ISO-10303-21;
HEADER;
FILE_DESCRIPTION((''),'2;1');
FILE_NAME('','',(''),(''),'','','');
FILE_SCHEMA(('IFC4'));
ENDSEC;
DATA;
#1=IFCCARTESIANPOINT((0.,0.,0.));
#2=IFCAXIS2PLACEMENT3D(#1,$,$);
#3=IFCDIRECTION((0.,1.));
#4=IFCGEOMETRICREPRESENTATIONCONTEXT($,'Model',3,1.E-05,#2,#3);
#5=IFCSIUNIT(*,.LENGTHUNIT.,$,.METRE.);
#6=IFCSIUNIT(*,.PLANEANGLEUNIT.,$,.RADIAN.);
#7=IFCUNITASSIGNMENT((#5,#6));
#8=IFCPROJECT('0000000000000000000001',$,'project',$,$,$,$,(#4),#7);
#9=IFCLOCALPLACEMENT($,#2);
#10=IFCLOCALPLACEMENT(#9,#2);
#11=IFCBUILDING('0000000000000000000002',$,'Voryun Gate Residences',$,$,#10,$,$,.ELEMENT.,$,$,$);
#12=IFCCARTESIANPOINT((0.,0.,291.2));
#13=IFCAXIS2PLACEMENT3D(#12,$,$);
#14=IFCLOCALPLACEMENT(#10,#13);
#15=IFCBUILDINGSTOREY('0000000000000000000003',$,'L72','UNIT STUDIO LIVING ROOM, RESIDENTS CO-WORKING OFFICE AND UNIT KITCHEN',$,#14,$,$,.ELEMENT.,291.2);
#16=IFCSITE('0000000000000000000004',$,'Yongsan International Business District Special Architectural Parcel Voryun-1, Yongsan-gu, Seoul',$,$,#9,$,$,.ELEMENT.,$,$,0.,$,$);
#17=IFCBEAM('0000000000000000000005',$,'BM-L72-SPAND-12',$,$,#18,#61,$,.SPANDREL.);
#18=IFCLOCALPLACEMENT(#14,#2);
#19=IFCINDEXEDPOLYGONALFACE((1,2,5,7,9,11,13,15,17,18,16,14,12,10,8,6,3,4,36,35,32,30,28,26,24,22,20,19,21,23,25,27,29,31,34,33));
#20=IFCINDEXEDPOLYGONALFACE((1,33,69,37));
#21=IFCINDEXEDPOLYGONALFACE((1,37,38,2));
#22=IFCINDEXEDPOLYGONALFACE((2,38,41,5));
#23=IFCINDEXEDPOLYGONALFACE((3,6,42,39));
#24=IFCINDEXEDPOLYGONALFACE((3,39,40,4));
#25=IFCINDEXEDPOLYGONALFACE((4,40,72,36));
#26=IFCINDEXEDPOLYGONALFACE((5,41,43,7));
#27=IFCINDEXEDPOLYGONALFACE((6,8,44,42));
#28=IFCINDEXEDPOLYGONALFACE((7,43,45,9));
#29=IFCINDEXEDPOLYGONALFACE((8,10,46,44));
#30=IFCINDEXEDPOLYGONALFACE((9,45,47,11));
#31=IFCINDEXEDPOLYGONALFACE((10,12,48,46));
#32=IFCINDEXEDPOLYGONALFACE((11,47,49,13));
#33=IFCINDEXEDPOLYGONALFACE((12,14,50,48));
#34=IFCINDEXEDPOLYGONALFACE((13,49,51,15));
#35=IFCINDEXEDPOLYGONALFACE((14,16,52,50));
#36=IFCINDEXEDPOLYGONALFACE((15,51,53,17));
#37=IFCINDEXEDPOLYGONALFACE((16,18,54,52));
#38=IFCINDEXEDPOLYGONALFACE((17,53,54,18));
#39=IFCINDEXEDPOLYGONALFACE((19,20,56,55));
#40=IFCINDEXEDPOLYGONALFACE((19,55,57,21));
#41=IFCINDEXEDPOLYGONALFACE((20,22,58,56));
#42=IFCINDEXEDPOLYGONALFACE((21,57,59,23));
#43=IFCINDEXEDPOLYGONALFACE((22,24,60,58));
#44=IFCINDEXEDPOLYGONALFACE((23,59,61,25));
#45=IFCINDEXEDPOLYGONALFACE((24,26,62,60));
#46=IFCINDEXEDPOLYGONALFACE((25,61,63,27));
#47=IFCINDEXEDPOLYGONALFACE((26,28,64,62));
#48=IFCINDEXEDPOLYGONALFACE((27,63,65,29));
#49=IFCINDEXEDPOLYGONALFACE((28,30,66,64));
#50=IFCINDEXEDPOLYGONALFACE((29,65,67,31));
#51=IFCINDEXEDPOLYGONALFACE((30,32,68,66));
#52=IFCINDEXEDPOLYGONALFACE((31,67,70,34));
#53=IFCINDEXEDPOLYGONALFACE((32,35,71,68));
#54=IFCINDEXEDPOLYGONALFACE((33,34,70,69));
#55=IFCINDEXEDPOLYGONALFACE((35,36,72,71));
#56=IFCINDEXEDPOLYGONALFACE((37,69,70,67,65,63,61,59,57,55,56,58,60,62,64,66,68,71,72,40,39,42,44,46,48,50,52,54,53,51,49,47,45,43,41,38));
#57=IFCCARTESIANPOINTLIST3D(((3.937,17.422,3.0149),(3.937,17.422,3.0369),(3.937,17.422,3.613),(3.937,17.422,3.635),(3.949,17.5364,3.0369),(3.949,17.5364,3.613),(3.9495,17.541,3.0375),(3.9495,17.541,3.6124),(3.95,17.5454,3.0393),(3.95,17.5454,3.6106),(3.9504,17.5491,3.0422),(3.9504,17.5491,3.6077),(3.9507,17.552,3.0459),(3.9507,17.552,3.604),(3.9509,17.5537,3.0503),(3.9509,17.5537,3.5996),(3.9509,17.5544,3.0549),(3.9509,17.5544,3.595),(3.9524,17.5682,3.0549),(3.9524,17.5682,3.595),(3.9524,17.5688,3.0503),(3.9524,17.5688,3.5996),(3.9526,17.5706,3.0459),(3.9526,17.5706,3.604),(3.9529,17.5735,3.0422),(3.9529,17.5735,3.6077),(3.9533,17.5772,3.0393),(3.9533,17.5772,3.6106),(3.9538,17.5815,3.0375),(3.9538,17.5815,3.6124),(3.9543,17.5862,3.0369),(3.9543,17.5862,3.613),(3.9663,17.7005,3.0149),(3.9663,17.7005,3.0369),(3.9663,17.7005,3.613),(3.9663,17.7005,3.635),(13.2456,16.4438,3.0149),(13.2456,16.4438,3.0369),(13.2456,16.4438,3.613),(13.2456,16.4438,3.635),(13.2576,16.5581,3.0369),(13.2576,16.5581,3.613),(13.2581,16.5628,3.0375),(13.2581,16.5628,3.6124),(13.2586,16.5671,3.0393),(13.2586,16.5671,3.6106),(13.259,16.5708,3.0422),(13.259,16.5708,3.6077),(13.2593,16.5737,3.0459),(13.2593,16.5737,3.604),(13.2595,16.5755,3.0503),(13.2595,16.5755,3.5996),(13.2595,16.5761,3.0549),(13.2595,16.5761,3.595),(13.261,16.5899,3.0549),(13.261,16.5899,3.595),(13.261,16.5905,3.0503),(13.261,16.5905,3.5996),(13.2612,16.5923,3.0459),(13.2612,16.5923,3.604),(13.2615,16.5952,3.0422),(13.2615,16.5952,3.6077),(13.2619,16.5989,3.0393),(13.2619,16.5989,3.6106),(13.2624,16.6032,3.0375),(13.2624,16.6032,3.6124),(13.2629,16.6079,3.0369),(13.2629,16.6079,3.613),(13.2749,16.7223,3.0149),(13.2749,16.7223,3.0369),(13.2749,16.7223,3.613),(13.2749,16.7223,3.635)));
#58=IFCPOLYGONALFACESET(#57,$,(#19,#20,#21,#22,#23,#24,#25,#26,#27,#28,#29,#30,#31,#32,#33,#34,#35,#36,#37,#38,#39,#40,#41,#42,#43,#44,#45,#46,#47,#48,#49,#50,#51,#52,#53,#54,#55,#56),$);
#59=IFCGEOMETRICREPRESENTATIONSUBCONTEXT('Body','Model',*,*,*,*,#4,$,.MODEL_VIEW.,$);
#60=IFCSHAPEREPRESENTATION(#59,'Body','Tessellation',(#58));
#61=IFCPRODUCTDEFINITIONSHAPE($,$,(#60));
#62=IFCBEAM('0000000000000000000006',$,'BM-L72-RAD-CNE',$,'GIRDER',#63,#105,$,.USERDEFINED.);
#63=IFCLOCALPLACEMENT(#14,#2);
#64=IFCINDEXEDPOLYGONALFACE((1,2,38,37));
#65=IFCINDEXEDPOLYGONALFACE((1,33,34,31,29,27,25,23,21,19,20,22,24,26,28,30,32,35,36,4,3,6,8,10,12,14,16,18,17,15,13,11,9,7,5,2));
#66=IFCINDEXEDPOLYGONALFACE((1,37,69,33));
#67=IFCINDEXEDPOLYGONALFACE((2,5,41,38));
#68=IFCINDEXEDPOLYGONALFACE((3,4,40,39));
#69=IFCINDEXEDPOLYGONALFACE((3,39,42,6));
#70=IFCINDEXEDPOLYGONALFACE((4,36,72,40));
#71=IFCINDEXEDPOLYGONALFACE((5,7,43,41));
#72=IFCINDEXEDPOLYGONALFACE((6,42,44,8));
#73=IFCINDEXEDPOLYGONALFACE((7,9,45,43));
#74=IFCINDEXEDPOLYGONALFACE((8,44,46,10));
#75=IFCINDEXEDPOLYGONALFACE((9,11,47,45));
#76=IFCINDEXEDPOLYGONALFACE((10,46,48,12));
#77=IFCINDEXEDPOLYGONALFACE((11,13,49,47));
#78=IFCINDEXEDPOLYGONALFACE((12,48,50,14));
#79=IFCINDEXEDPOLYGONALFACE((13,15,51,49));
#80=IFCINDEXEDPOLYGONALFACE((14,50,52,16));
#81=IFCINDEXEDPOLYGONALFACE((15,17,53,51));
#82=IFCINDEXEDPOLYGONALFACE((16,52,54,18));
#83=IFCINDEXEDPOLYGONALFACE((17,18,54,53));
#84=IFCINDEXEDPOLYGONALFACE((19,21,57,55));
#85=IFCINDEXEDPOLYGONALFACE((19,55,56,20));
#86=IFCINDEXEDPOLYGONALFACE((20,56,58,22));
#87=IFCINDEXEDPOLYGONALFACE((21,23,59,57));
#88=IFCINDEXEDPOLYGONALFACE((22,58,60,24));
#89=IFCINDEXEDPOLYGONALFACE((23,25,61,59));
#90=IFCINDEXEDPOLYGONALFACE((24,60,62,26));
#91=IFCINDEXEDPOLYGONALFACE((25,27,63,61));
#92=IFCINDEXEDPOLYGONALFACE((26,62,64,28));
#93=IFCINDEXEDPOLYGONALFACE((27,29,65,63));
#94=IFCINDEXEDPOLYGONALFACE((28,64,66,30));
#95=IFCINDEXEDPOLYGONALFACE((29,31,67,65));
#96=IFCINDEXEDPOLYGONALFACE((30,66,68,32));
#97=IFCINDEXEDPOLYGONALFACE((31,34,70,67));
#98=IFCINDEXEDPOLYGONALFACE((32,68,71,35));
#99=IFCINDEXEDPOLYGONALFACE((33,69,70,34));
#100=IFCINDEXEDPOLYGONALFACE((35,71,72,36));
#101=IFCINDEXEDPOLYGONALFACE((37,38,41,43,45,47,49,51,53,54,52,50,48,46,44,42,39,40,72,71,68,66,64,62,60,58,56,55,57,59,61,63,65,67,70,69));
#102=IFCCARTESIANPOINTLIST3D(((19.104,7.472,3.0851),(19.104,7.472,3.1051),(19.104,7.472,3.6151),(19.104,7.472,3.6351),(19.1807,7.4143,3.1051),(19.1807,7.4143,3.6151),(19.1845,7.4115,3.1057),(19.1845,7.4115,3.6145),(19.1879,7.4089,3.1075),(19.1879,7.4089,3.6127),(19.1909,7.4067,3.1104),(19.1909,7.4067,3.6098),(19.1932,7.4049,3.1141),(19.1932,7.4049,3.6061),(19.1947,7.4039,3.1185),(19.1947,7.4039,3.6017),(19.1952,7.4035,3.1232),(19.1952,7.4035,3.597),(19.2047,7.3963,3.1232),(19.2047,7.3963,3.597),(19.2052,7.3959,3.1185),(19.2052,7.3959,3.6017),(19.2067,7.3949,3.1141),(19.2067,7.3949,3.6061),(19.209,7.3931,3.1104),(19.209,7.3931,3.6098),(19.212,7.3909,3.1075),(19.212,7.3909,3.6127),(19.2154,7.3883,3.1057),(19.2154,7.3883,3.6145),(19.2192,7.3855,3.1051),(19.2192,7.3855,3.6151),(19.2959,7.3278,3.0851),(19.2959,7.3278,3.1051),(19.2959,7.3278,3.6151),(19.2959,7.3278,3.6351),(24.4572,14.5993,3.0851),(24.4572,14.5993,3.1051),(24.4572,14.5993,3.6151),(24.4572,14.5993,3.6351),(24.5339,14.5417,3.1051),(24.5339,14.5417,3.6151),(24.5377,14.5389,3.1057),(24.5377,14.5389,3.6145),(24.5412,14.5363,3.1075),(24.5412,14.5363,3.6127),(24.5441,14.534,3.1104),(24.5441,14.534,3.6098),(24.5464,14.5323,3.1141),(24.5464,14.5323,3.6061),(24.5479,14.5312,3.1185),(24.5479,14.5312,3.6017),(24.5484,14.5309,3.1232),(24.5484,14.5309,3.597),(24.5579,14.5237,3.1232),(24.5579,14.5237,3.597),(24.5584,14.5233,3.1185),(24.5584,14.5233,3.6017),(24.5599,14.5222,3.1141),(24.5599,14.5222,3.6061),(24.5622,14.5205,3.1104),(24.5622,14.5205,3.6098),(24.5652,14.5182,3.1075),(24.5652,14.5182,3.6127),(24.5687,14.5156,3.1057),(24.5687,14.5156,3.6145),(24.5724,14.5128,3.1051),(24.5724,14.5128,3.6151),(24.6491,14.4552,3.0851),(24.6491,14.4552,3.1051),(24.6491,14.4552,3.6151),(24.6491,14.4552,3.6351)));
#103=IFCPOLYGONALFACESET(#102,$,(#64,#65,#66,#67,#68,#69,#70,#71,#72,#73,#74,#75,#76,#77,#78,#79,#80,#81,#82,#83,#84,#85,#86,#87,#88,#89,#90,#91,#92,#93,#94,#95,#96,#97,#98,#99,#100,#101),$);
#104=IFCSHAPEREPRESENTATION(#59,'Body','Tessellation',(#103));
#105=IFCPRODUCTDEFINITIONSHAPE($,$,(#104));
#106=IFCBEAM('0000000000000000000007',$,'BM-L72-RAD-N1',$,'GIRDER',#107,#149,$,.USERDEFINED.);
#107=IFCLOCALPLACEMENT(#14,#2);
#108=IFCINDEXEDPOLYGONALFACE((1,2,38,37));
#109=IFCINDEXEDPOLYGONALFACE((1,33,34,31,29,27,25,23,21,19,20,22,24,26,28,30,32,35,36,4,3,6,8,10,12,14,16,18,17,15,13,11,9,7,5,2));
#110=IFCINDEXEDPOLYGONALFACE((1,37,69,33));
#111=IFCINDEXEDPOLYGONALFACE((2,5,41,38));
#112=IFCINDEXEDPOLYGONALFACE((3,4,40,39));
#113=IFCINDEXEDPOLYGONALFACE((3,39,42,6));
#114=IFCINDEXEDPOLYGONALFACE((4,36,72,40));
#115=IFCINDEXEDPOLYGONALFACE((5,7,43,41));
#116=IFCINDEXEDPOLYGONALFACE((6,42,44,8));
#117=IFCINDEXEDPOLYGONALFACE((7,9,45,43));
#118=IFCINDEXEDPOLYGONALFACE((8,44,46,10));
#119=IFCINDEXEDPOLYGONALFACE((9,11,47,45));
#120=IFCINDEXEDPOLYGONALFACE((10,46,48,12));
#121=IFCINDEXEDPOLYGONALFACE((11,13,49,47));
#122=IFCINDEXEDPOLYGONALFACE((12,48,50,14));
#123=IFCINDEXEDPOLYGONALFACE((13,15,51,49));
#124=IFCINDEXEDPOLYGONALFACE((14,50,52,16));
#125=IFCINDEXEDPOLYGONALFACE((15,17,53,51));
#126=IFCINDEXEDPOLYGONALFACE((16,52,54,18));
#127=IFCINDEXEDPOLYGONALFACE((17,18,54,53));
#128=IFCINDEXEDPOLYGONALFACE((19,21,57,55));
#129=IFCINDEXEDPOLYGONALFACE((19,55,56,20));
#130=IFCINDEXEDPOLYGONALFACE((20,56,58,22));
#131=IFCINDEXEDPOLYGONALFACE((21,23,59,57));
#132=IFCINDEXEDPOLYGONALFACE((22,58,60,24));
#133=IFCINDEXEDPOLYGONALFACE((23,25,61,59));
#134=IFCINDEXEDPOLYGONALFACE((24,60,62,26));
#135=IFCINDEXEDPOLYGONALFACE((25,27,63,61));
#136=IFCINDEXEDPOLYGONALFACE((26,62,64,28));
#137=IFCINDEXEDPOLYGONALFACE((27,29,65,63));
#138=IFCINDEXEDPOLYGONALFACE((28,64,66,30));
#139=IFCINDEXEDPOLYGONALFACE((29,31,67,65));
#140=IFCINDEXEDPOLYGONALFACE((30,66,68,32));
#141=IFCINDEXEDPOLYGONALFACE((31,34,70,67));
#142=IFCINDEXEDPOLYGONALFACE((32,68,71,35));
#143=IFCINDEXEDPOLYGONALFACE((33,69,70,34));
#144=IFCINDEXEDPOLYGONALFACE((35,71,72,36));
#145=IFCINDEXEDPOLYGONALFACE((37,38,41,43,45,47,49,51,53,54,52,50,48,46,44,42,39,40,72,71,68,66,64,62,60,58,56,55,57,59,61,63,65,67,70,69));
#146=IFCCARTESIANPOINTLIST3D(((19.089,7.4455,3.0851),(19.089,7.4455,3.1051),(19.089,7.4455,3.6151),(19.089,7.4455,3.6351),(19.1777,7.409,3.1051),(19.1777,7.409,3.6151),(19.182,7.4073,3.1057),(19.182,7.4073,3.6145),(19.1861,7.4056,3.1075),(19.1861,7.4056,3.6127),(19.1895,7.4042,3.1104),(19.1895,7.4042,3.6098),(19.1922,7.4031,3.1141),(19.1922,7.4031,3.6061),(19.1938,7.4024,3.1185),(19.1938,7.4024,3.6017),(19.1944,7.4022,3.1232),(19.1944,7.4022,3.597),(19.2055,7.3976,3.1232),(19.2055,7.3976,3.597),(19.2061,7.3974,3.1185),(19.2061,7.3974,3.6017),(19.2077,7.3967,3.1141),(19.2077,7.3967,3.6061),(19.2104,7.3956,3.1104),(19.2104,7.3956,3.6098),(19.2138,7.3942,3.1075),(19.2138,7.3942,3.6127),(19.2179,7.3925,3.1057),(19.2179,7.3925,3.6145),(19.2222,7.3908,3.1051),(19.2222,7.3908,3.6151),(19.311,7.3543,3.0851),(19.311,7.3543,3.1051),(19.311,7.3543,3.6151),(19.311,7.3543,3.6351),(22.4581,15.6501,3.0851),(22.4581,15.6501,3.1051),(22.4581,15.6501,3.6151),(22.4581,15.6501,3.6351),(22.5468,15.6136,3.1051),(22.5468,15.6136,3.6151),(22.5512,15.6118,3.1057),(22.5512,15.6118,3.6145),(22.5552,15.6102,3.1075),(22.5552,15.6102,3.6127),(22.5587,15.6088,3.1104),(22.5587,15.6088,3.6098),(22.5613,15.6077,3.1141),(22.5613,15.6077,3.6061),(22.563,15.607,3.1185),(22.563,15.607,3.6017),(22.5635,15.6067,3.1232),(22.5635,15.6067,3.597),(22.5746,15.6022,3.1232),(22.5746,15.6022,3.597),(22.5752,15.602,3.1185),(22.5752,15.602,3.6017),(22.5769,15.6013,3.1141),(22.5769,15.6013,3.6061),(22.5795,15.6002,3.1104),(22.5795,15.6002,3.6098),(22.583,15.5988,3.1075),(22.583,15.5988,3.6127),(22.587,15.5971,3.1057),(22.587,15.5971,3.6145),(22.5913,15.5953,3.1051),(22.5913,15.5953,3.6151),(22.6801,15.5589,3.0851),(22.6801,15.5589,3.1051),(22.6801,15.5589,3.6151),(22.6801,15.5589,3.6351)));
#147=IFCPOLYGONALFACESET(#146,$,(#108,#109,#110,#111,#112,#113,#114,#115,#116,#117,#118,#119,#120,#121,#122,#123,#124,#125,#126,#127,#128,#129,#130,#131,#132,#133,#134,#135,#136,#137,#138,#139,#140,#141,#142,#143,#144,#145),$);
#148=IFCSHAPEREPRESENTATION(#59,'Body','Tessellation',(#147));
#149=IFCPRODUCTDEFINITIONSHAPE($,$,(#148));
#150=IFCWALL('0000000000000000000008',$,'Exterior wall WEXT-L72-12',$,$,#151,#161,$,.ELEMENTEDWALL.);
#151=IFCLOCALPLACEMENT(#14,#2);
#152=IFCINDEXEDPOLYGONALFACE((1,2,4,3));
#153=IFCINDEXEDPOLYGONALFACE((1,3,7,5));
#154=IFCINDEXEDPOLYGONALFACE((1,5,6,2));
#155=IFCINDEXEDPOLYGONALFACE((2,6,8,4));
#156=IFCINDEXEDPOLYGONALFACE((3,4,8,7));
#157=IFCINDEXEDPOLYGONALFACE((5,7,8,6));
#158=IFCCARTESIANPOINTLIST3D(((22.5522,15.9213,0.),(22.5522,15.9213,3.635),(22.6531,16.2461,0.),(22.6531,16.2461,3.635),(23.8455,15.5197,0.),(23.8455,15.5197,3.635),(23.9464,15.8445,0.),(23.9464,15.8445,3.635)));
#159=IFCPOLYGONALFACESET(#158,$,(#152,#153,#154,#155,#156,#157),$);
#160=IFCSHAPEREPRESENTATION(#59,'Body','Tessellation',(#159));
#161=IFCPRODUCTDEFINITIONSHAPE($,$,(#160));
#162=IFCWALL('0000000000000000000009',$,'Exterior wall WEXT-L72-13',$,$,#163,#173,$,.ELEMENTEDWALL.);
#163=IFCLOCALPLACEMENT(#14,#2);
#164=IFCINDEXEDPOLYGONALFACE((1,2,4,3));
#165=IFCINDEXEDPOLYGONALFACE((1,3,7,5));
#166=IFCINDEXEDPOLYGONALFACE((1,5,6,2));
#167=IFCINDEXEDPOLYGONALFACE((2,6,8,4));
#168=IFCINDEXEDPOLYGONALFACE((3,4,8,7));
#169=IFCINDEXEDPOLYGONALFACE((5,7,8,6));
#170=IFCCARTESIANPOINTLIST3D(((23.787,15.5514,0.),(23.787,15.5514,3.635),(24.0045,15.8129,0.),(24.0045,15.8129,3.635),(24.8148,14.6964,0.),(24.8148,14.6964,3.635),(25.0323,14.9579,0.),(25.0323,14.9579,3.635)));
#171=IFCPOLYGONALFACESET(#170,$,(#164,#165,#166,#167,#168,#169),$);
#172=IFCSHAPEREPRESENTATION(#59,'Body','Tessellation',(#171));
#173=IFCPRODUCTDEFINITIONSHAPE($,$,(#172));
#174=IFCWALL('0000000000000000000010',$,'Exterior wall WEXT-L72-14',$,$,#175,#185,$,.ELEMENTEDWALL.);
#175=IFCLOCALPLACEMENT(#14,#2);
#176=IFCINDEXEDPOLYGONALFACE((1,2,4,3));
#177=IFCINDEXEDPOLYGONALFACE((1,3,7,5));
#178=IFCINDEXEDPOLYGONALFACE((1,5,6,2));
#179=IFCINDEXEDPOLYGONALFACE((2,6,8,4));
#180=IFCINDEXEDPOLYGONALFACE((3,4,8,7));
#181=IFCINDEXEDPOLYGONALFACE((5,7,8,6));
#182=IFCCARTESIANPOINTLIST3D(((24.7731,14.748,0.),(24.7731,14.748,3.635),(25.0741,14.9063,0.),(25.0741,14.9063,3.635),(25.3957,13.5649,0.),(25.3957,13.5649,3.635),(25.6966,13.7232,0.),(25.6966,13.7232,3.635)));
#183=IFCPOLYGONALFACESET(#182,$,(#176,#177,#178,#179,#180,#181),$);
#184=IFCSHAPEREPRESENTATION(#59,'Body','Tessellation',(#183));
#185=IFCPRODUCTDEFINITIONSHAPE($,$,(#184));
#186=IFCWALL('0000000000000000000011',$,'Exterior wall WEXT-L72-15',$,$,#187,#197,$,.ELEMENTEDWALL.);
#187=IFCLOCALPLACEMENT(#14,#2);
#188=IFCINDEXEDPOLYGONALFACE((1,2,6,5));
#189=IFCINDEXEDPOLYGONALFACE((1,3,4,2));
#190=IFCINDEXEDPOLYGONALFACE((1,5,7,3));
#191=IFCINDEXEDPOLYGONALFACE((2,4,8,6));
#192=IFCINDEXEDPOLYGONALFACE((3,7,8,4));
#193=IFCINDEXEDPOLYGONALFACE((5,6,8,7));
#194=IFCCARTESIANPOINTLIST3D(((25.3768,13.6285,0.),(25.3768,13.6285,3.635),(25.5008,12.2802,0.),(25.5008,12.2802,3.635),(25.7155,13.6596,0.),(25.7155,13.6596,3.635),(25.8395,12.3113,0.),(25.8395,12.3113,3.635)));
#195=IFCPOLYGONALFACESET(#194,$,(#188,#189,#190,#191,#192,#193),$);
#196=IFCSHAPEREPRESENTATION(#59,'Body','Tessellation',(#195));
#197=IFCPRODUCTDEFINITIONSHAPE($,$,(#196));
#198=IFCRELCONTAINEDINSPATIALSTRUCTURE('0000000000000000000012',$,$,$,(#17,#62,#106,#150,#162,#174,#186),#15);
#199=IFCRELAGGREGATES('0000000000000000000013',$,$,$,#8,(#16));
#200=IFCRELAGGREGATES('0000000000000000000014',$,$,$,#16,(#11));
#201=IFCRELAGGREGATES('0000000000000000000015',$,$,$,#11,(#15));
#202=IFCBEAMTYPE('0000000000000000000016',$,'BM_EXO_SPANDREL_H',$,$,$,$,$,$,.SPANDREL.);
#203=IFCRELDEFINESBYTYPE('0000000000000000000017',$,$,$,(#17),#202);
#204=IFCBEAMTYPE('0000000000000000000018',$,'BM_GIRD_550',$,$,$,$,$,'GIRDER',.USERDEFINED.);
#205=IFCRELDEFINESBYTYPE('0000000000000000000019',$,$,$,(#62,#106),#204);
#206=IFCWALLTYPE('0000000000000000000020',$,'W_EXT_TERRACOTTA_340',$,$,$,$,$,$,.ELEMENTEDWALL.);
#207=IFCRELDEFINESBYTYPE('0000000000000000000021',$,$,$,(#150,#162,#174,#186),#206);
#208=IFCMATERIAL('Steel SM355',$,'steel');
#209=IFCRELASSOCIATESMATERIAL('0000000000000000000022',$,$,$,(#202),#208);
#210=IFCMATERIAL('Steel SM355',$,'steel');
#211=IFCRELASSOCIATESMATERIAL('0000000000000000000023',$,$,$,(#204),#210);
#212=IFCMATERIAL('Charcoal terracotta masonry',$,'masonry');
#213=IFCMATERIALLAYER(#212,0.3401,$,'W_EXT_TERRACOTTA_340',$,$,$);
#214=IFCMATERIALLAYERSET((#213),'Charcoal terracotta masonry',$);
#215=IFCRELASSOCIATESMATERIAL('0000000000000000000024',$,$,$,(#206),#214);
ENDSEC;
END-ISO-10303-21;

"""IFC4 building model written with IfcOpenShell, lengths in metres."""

from ifc_helpers import new_model, si_unit, direction, frame, frame_2d, origin, origin_2d, place, context, subcontext, project, spatial, rectangle, i_section, extrude, material, layer, layer_set, material_profile, profile_set, type_object, element, save


model = new_model("IFC4")

# Units and contexts
model_context = context("Model", 3, precision=1e-05, world=origin(), true_north=direction((0.0, 1.0)))
body_context = subcontext(model_context, "Body", "Model", "MODEL_VIEW")
ifc_project = project(units=[si_unit("LENGTHUNIT", "METRE"), si_unit("PLANEANGLEUNIT", "RADIAN")], contexts=[model_context])

# Site, building, storey
site_placement = place(None, origin())
site = spatial("IfcSite", under=ifc_project, at=site_placement, Name="Yongsan International Business District Special Architectural Parcel Voryun-1, Yongsan-gu, Seoul", CompositionType="ELEMENT", RefElevation=0.0)
building_placement = place(site_placement, origin())
building = spatial("IfcBuilding", under=site, at=building_placement, Name="Voryun Gate Residences", CompositionType="ELEMENT")
storey_placement = place(building_placement, frame((0.0, 0.0, 291.2)))
storey = spatial("IfcBuildingStorey", under=building, at=storey_placement, Name="L72", Description="UNIT STUDIO LIVING ROOM, RESIDENTS CO-WORKING OFFICE AND UNIT KITCHEN", CompositionType="ELEMENT", Elevation=291.2)

# Beams
ifc_material_1 = material(Name="Steel SM355", Category="steel")
ifc_material_profile_1 = material_profile(ifc_material_1, i_section(OverallWidth=0.28, OverallDepth=0.6201, WebThickness=0.0139, FlangeThickness=0.022, FilletRadius=0.0181, at=origin_2d()), Name="H-620x280x14x22")
ifc_profile_set_1 = profile_set([ifc_material_profile_1], Name="Steel SM355")
beam_type_1 = type_object("IfcBeamType", Name="BM_EXO_SPANDREL_H", PredefinedType="SPANDREL", material=ifc_profile_set_1)
beam_1_placement = place(storey_placement, frame((13.2603, 16.583, 3.325), z_axis=(-0.994523, 0.104518, 0.0), x_axis=(-0.104518, -0.994523, 0.0)))
element("IfcBeam", 1, at=beam_1_placement, inside=storey, type_object=beam_type_1, Name="BM-L72-SPAND-12", PredefinedType="SPANDREL", context=body_context, shape_type="SweptSolid", body=[
    extrude(i_section(OverallWidth=0.28, OverallDepth=0.6201, WebThickness=0.0139, FlangeThickness=0.022, FilletRadius=0.0181, at=origin_2d()), origin(), (0.0, 0.0, 1.0), 9.3599),
])
ifc_material_2 = material(Name="Steel SM355", Category="steel")
ifc_material_profile_2 = material_profile(ifc_material_2, i_section(OverallWidth=0.24, OverallDepth=0.55, WebThickness=0.012, FlangeThickness=0.02, FilletRadius=0.0181, at=origin_2d()), Name="H-550x240x12x20")
ifc_profile_set_2 = profile_set([ifc_material_profile_2], Name="Steel SM355")
beam_type_2 = type_object("IfcBeamType", Name="BM_GIRD_550", ElementType="GIRDER", PredefinedType="USERDEFINED", material=ifc_profile_set_2)
beam_2_placement = place(storey_placement, frame((19.2, 7.3999, 3.3601), z_axis=(0.600552, 0.799586, 0.0), x_axis=(-0.799586, 0.600552, 0.0)))
element("IfcBeam", 2, at=beam_2_placement, inside=storey, type_object=beam_type_2, Name="BM-L72-RAD-CNE", ObjectType="GIRDER", PredefinedType="USERDEFINED", context=body_context, shape_type="SweptSolid", body=[
    extrude(i_section(OverallWidth=0.24, OverallDepth=0.55, WebThickness=0.012, FlangeThickness=0.02, FilletRadius=0.0181, at=origin_2d()), origin(), (0.0, 0.0, 1.0), 8.9138),
])
beam_3_placement = place(storey_placement, frame((19.2, 7.3999, 3.3601), z_axis=(0.379861, 0.925044, 0.0), x_axis=(-0.925044, 0.379861, 0.0)))
element("IfcBeam", 3, at=beam_3_placement, inside=storey, type_object=beam_type_2, Name="BM-L72-RAD-N1", ObjectType="GIRDER", PredefinedType="USERDEFINED", context=body_context, shape_type="SweptSolid", body=[
    extrude(i_section(OverallWidth=0.24, OverallDepth=0.55, WebThickness=0.012, FlangeThickness=0.02, FilletRadius=0.0181, at=origin_2d()), origin(), (0.0, 0.0, 1.0), 8.8694),
])

# Walls
ifc_material_3 = material(Name="Charcoal terracotta masonry", Category="masonry")
ifc_layer_1 = layer(ifc_material_3, 0.3401, Name="W_EXT_TERRACOTTA_340")
ifc_layer_set_1 = layer_set([ifc_layer_1], Name="Charcoal terracotta masonry")
wall_type_1 = type_object("IfcWallType", Name="W_EXT_TERRACOTTA_340", PredefinedType="ELEMENTEDWALL", material=ifc_layer_set_1)
wall_1_placement = place(storey_placement, frame((22.6025, 16.0837, 0.0), z_axis=(0.0, 0.0, 1.0), x_axis=(0.955008, -0.296581, 0.0)))
element("IfcWall", 4, at=wall_1_placement, inside=storey, type_object=wall_type_1, Name="Exterior wall WEXT-L72-12", PredefinedType="ELEMENTEDWALL", context=body_context, shape_type="SweptSolid", body=[
    extrude(rectangle(XDim=1.3542, YDim=0.3401, at=frame_2d((0.6772, 0.0))), origin(), (0.0, 0.0, 1.0), 3.635),
])
for number, where, z_axis, x_axis, name in (
    (5, (23.8958, 15.6821, 0.0), (0.0, 0.0, 1.0), (0.76879, -0.639502, 0.0), "Exterior wall WEXT-L72-13"),
    (6, (24.9236, 14.8271, 0.0), (0.0, 0.0, 1.0), (0.465671, -0.884958, 0.0), "Exterior wall WEXT-L72-14"),
):
    element("IfcWall", number, at=place(storey_placement, frame(where, z_axis=z_axis, x_axis=x_axis)), inside=storey, type_object=wall_type_1, Name=name, PredefinedType="ELEMENTEDWALL", context=body_context, shape_type="SweptSolid", body=[
        extrude(rectangle(XDim=1.3369, YDim=0.3401, at=frame_2d((0.6685, 0.0))), origin(), (0.0, 0.0, 1.0), 3.635),
    ])
wall_2_placement = place(storey_placement, frame((25.5461, 13.644, 0.0), z_axis=(0.0, 0.0, 1.0), x_axis=(0.091592, -0.995797, 0.0)))
element("IfcWall", 7, at=wall_2_placement, inside=storey, type_object=wall_type_1, Name="Exterior wall WEXT-L72-15", PredefinedType="ELEMENTEDWALL", context=body_context, shape_type="SweptSolid", body=[
    extrude(rectangle(XDim=1.354, YDim=0.3401, at=frame_2d((0.677, 0.0))), origin(), (0.0, 0.0, 1.0), 3.635),
])

save(model, "model.ifc")
